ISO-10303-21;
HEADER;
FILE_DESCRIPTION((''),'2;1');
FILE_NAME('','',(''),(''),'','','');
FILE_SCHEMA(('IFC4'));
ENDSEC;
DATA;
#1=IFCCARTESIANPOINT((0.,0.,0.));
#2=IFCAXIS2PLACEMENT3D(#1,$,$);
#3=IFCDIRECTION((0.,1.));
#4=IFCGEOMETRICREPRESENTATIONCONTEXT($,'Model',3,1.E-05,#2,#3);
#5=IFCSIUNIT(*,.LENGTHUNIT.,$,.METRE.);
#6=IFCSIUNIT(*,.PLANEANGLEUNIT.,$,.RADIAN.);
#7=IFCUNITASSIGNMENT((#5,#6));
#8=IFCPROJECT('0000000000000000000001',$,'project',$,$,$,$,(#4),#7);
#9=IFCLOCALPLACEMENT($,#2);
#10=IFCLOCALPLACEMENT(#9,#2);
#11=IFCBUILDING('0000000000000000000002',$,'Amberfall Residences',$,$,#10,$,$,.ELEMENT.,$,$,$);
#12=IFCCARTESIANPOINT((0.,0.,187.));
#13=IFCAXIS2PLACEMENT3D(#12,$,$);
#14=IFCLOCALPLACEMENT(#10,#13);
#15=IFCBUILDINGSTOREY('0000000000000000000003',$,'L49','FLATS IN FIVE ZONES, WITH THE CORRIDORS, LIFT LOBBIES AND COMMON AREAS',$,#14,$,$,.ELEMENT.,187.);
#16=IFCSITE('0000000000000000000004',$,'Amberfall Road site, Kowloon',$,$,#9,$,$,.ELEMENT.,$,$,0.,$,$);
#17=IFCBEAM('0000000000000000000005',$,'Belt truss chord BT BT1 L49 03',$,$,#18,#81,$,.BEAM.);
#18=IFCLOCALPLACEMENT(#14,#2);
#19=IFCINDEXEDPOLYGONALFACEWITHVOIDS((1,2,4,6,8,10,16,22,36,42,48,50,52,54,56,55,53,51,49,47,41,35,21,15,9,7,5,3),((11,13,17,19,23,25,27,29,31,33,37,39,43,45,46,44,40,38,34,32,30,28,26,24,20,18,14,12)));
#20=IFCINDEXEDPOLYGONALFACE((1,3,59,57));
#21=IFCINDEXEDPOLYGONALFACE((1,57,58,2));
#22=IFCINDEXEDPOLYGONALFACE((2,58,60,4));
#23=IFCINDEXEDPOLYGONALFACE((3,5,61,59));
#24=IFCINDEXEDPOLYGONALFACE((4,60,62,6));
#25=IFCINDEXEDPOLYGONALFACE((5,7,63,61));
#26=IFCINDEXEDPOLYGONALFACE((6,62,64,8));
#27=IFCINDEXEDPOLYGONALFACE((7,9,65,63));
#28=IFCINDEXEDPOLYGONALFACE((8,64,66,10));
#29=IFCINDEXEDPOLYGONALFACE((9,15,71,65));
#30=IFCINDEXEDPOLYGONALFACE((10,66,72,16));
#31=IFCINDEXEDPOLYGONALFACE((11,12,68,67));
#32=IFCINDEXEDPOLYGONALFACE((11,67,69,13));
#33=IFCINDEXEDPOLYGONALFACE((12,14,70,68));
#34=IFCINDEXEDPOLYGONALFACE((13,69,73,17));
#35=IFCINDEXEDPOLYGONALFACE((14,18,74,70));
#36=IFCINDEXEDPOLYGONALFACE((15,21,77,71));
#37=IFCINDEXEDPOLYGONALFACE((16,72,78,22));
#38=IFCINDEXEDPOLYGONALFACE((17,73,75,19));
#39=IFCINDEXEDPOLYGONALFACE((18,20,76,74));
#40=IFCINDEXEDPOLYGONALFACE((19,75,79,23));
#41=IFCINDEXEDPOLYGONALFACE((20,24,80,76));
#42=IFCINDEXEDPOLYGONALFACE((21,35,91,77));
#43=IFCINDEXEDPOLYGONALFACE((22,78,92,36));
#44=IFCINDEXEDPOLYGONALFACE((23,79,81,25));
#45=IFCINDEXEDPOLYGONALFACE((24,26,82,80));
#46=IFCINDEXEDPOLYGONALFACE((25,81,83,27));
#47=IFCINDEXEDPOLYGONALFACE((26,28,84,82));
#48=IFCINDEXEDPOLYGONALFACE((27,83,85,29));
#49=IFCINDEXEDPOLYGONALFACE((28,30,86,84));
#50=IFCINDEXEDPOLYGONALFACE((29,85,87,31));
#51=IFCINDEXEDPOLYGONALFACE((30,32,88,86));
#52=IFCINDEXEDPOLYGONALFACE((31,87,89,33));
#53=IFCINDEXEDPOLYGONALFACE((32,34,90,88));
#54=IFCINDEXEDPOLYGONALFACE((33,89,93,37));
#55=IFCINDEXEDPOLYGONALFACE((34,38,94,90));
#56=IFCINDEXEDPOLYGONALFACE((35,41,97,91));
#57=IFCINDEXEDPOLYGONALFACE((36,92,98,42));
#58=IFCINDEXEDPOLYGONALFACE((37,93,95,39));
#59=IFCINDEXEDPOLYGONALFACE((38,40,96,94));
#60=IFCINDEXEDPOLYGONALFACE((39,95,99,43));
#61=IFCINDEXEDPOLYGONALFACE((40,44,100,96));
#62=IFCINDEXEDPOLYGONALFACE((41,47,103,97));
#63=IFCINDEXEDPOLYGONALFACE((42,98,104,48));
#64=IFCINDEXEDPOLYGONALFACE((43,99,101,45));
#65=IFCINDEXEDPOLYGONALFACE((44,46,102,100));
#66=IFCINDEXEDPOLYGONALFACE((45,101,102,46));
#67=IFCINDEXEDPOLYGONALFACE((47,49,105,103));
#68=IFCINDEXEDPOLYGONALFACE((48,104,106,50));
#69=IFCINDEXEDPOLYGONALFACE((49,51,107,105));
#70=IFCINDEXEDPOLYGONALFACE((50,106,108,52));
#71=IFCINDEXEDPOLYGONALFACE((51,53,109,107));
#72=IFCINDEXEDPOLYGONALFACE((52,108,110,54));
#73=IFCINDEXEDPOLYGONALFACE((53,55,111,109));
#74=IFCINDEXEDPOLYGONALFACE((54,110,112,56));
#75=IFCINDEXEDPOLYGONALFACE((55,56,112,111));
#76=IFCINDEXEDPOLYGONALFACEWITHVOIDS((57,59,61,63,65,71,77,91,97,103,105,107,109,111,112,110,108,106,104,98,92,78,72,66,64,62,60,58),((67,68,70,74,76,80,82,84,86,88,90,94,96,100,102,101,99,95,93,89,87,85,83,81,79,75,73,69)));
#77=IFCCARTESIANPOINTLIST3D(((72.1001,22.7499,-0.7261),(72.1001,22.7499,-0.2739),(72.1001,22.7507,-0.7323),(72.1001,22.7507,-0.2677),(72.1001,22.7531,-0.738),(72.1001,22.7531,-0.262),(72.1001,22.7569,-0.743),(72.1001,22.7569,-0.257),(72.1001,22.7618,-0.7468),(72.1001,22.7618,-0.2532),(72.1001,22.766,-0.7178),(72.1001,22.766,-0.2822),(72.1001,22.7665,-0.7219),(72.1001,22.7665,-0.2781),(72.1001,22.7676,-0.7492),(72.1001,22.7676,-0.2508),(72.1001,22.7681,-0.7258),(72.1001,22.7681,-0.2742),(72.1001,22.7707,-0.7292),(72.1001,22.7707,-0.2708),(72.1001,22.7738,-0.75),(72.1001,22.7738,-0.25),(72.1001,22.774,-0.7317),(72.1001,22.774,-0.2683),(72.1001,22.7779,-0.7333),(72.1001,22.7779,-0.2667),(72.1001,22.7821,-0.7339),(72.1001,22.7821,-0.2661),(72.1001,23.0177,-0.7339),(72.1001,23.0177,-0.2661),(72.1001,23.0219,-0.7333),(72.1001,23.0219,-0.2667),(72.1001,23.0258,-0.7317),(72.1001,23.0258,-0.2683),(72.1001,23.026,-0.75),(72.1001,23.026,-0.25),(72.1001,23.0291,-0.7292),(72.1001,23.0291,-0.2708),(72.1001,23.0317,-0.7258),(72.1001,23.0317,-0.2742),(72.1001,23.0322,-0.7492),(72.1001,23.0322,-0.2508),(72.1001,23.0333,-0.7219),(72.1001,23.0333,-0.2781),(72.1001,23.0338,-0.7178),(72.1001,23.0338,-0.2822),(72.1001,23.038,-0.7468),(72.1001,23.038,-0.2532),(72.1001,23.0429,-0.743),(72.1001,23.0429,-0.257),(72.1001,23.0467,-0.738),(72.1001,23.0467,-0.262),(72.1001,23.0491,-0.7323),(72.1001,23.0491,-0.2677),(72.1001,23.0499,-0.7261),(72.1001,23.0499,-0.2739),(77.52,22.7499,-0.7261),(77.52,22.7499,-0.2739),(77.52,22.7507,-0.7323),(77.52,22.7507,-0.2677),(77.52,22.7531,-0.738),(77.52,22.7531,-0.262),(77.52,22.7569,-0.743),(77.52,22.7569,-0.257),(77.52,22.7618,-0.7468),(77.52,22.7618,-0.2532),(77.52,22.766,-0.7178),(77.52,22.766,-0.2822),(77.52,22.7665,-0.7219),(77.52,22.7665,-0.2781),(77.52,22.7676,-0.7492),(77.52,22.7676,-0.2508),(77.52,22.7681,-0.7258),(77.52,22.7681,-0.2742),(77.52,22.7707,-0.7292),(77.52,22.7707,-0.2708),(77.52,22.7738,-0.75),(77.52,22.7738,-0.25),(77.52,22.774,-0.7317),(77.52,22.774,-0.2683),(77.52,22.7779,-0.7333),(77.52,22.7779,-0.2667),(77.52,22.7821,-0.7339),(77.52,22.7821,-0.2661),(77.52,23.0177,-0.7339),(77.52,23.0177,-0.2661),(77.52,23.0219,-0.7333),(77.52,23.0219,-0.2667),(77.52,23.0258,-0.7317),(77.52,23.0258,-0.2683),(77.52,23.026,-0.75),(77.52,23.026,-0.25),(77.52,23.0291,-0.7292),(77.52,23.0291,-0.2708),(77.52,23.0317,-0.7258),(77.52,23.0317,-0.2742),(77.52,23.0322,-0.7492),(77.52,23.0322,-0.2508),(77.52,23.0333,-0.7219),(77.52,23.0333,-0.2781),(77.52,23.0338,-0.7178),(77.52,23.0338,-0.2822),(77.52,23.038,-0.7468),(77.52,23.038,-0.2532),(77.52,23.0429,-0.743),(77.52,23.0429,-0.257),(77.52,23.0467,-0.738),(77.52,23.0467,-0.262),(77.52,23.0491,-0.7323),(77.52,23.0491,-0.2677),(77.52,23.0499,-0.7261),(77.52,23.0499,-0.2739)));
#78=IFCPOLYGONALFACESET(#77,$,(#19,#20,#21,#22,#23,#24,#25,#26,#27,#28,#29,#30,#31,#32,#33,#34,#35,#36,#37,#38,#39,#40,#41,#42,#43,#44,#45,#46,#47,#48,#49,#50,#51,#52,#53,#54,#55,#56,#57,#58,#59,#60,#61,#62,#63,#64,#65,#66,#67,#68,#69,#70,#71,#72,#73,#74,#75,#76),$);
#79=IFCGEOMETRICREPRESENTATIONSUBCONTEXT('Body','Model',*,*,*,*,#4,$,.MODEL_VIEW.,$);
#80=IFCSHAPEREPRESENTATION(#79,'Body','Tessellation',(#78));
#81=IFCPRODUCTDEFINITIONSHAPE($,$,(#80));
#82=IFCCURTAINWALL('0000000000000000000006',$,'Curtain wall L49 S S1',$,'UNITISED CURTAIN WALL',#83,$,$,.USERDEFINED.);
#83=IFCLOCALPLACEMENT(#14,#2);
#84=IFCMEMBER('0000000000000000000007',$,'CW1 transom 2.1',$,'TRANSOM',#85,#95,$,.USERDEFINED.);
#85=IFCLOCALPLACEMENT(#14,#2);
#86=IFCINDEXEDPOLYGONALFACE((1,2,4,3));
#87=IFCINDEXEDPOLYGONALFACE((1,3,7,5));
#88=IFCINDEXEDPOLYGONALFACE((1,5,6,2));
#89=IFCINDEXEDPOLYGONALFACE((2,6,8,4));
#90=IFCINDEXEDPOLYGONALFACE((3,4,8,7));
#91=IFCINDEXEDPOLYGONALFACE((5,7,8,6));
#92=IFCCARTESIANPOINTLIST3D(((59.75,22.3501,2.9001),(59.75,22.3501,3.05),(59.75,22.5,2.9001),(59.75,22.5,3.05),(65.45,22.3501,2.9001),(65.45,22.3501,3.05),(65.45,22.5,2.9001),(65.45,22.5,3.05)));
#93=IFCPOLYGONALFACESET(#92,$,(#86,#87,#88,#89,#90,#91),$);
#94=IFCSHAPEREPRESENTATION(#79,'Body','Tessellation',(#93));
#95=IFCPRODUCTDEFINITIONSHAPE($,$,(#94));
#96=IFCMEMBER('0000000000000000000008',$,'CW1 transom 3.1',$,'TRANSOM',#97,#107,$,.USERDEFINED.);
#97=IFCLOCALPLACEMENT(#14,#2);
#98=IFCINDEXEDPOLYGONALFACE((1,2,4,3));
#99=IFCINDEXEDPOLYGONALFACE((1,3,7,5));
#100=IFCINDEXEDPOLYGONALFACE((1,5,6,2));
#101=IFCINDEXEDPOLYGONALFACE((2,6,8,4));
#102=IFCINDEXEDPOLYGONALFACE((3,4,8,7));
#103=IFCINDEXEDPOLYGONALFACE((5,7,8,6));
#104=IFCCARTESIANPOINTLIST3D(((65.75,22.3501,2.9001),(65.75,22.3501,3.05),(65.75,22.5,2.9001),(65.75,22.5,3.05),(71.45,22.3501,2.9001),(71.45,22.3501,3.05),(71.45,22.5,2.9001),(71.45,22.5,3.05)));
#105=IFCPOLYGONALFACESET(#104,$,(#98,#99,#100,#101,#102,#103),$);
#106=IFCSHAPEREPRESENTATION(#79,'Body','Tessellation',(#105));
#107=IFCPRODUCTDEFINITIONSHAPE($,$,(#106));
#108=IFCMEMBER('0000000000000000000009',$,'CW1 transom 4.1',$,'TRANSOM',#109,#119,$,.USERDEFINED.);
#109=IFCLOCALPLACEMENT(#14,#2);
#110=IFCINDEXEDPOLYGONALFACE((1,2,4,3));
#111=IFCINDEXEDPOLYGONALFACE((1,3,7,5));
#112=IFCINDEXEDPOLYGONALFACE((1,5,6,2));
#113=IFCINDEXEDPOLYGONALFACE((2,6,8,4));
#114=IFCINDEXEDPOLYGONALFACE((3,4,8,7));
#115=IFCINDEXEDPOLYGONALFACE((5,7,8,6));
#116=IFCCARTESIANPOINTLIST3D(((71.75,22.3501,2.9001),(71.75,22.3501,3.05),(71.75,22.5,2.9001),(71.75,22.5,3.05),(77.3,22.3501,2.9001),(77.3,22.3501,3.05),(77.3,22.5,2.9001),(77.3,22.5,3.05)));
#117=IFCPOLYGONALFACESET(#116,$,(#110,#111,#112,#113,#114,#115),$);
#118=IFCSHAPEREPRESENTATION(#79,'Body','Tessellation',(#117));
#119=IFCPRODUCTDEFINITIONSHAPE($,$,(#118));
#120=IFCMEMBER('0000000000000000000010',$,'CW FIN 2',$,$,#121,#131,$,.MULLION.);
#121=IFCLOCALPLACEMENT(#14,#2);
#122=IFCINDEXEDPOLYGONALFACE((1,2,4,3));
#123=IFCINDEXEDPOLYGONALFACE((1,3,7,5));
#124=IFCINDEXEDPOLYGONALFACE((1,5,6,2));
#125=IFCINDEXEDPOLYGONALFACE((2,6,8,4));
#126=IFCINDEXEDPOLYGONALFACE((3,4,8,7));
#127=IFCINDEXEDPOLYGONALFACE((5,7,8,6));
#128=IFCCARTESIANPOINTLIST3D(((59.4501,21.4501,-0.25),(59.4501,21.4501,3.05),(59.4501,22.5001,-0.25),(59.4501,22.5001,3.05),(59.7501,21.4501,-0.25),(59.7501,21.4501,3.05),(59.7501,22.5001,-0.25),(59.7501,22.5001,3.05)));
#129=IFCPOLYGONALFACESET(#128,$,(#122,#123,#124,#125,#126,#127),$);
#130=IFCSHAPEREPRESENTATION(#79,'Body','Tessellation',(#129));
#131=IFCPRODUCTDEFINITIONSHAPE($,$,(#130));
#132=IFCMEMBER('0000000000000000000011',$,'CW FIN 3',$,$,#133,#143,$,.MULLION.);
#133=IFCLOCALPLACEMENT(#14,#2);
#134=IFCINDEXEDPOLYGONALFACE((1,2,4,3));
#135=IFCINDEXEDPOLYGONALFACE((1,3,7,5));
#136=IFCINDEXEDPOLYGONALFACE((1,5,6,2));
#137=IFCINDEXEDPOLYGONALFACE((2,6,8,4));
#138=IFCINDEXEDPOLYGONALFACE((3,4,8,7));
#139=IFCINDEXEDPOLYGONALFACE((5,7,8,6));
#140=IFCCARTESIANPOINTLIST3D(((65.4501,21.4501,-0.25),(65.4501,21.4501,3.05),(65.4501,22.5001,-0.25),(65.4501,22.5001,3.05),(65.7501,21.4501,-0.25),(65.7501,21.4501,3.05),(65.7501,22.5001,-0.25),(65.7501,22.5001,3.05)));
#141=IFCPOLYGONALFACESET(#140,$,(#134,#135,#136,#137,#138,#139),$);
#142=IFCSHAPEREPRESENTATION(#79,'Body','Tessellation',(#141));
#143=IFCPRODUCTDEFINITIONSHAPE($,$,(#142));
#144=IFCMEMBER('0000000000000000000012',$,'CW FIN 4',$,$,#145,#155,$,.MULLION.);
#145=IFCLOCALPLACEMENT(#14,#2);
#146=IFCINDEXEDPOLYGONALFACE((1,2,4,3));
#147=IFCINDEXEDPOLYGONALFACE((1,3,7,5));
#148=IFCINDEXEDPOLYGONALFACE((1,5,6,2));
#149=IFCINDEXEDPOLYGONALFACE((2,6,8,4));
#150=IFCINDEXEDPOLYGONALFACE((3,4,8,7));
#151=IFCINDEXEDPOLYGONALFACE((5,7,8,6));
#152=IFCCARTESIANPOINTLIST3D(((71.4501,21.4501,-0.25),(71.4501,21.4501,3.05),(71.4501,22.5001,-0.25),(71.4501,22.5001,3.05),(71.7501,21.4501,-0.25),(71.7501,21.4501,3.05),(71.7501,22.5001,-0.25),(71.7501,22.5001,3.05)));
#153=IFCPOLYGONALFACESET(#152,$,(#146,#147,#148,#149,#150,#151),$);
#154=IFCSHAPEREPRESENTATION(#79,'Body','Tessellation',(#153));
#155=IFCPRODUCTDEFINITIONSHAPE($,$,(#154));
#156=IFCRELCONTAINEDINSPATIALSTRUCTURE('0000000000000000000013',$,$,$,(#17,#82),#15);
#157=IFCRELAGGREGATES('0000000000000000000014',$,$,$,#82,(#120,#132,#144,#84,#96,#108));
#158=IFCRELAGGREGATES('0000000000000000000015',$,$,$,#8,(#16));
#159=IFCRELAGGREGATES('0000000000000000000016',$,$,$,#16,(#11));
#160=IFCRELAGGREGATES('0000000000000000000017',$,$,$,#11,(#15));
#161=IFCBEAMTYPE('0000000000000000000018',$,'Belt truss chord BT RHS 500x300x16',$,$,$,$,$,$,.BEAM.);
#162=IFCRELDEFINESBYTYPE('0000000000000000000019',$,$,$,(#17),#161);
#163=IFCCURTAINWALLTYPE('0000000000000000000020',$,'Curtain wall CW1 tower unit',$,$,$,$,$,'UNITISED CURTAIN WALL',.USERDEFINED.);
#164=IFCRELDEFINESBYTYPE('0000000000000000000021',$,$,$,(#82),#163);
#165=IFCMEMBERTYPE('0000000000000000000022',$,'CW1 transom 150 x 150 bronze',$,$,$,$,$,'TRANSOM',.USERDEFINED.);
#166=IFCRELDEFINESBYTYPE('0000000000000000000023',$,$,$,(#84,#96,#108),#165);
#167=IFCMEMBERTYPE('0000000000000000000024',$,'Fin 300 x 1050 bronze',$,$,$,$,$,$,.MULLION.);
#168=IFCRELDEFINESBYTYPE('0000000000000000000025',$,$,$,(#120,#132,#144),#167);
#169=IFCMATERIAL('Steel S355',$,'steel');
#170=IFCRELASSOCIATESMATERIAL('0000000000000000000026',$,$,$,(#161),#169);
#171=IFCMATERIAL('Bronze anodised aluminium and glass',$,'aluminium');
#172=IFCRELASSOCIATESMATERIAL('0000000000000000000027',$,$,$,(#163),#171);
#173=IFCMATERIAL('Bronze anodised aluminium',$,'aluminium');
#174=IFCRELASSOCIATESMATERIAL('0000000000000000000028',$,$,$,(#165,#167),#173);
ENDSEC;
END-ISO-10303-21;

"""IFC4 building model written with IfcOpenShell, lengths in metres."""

from ifc_helpers import new_model, si_unit, direction, frame, origin, origin_2d, place, context, subcontext, project, spatial, rectangle, hollow_rectangle, extrude, material, material_profile, profile_set, type_object, element, aggregate, save


model = new_model("IFC4")

# Units and contexts
model_context = context("Model", 3, precision=1e-05, world=origin(), true_north=direction((0.0, 1.0)))
body_context = subcontext(model_context, "Body", "Model", "MODEL_VIEW")
ifc_project = project(units=[si_unit("LENGTHUNIT", "METRE"), si_unit("PLANEANGLEUNIT", "RADIAN")], contexts=[model_context])

# Site, building, storey
site_placement = place(None, origin())
site = spatial("IfcSite", under=ifc_project, at=site_placement, Name="Amberfall Road site, Kowloon", CompositionType="ELEMENT", RefElevation=0.0)
building_placement = place(site_placement, origin())
building = spatial("IfcBuilding", under=site, at=building_placement, Name="Amberfall Residences", CompositionType="ELEMENT")
storey_placement = place(building_placement, frame((0.0, 0.0, 187.0)))
storey = spatial("IfcBuildingStorey", under=building, at=storey_placement, Name="L49", Description="FLATS IN FIVE ZONES, WITH THE CORRIDORS, LIFT LOBBIES AND COMMON AREAS", CompositionType="ELEMENT", Elevation=187.0)

# Beam
ifc_material_1 = material(Name="Steel S355", Category="steel")
ifc_material_profile_1 = material_profile(ifc_material_1, hollow_rectangle(XDim=0.3, YDim=0.5, WallThickness=0.0161, InnerFilletRadius=0.0161, OuterFilletRadius=0.0239, at=origin_2d()), Name="RHS 500x300x16")
ifc_profile_set_1 = profile_set([ifc_material_profile_1], Name="Steel S355")
beam_type_1 = type_object("IfcBeamType", Name="Belt truss chord BT RHS 500x300x16", PredefinedType="BEAM", material=ifc_profile_set_1)
beam_1_placement = place(storey_placement, frame((72.1001, 22.8999, -0.5), z_axis=(1.0, 0.0, 0.0), x_axis=(0.0, 1.0, 0.0)))
element("IfcBeam", 1, at=beam_1_placement, inside=storey, type_object=beam_type_1, Name="Belt truss chord BT BT1 L49 03", PredefinedType="BEAM", context=body_context, shape_type="SweptSolid", body=[
    extrude(hollow_rectangle(XDim=0.3, YDim=0.5, WallThickness=0.0161, InnerFilletRadius=0.0161, OuterFilletRadius=0.0239, at=origin_2d()), origin(), (0.0, 0.0, 1.0), 5.4199),
])

# Curtain wall, members
ifc_material_2 = material(Name="Bronze anodised aluminium and glass", Category="aluminium")
curtain_wall_type = type_object("IfcCurtainWallType", Name="Curtain wall CW1 tower unit", ElementType="UNITISED CURTAIN WALL", PredefinedType="USERDEFINED", material=ifc_material_2)
curtain_wall_placement = place(storey_placement, origin())
curtain_wall = element("IfcCurtainWall", 2, at=curtain_wall_placement, inside=storey, type_object=curtain_wall_type, Name="Curtain wall L49 S S1", ObjectType="UNITISED CURTAIN WALL", PredefinedType="USERDEFINED")
ifc_material_3 = material(Name="Bronze anodised aluminium", Category="aluminium")
ifc_material_profile_2 = material_profile(ifc_material_3, rectangle(XDim=0.1499, YDim=0.1499, at=origin_2d()), Name="CW1 transom 150 x 150 bronze")
ifc_profile_set_2 = profile_set([ifc_material_profile_2], Name="Bronze anodised aluminium")
member_type_1 = type_object("IfcMemberType", Name="CW1 transom 150 x 150 bronze", ElementType="TRANSOM", PredefinedType="USERDEFINED", material=ifc_profile_set_2)
member_1_placement = place(storey_placement, frame((59.75, 22.425, 2.9751), z_axis=(1.0, 0.0, 0.0), x_axis=(0.0, 1.0, 0.0)))
member_1 = element("IfcMember", 3, at=member_1_placement, type_object=member_type_1, Name="CW1 transom 2.1", ObjectType="TRANSOM", PredefinedType="USERDEFINED", context=body_context, shape_type="SweptSolid", body=[
    extrude(rectangle(XDim=0.1499, YDim=0.1499, at=origin_2d()), origin(), (0.0, 0.0, 1.0), 5.7),
])
member_2_placement = place(storey_placement, frame((65.75, 22.425, 2.9751), z_axis=(1.0, 0.0, 0.0), x_axis=(0.0, 1.0, 0.0)))
member_2 = element("IfcMember", 4, at=member_2_placement, type_object=member_type_1, Name="CW1 transom 3.1", ObjectType="TRANSOM", PredefinedType="USERDEFINED", context=body_context, shape_type="SweptSolid", body=[
    extrude(rectangle(XDim=0.1499, YDim=0.1499, at=origin_2d()), origin(), (0.0, 0.0, 1.0), 5.7),
])
member_3_placement = place(storey_placement, frame((71.75, 22.425, 2.9751), z_axis=(1.0, 0.0, 0.0), x_axis=(0.0, 1.0, 0.0)))
member_3 = element("IfcMember", 5, at=member_3_placement, type_object=member_type_1, Name="CW1 transom 4.1", ObjectType="TRANSOM", PredefinedType="USERDEFINED", context=body_context, shape_type="SweptSolid", body=[
    extrude(rectangle(XDim=0.1499, YDim=0.1499, at=origin_2d()), origin(), (0.0, 0.0, 1.0), 5.55),
])
ifc_material_profile_3 = material_profile(ifc_material_3, rectangle(XDim=1.05, YDim=0.3, at=origin_2d()), Name="Fin 300 x 1050 bronze")
ifc_profile_set_3 = profile_set([ifc_material_profile_3], Name="Bronze anodised aluminium")
member_type_2 = type_object("IfcMemberType", Name="Fin 300 x 1050 bronze", PredefinedType="MULLION", material=ifc_profile_set_3)
member_4_placement = place(storey_placement, frame((59.6001, 21.9751, -0.25), z_axis=(0.0, 0.0, 1.0), x_axis=(0.0, 1.0, 0.0)))
member_4 = element("IfcMember", 6, at=member_4_placement, type_object=member_type_2, Name="CW FIN 2", PredefinedType="MULLION", context=body_context, shape_type="SweptSolid", body=[
    extrude(rectangle(XDim=1.05, YDim=0.3, at=origin_2d()), origin(), (0.0, 0.0, 1.0), 3.3),
])
member_5_placement = place(storey_placement, frame((65.6001, 21.9751, -0.25), z_axis=(0.0, 0.0, 1.0), x_axis=(0.0, 1.0, 0.0)))
member_5 = element("IfcMember", 7, at=member_5_placement, type_object=member_type_2, Name="CW FIN 3", PredefinedType="MULLION", context=body_context, shape_type="SweptSolid", body=[
    extrude(rectangle(XDim=1.05, YDim=0.3, at=origin_2d()), origin(), (0.0, 0.0, 1.0), 3.3),
])
member_6_placement = place(storey_placement, frame((71.6001, 21.9751, -0.25), z_axis=(0.0, 0.0, 1.0), x_axis=(0.0, 1.0, 0.0)))
member_6 = element("IfcMember", 8, at=member_6_placement, type_object=member_type_2, Name="CW FIN 4", PredefinedType="MULLION", context=body_context, shape_type="SweptSolid", body=[
    extrude(rectangle(XDim=1.05, YDim=0.3, at=origin_2d()), origin(), (0.0, 0.0, 1.0), 3.3),
])

aggregate(curtain_wall, [member_4, member_5, member_6, member_1, member_2, member_3])

save(model, "model.ifc")
